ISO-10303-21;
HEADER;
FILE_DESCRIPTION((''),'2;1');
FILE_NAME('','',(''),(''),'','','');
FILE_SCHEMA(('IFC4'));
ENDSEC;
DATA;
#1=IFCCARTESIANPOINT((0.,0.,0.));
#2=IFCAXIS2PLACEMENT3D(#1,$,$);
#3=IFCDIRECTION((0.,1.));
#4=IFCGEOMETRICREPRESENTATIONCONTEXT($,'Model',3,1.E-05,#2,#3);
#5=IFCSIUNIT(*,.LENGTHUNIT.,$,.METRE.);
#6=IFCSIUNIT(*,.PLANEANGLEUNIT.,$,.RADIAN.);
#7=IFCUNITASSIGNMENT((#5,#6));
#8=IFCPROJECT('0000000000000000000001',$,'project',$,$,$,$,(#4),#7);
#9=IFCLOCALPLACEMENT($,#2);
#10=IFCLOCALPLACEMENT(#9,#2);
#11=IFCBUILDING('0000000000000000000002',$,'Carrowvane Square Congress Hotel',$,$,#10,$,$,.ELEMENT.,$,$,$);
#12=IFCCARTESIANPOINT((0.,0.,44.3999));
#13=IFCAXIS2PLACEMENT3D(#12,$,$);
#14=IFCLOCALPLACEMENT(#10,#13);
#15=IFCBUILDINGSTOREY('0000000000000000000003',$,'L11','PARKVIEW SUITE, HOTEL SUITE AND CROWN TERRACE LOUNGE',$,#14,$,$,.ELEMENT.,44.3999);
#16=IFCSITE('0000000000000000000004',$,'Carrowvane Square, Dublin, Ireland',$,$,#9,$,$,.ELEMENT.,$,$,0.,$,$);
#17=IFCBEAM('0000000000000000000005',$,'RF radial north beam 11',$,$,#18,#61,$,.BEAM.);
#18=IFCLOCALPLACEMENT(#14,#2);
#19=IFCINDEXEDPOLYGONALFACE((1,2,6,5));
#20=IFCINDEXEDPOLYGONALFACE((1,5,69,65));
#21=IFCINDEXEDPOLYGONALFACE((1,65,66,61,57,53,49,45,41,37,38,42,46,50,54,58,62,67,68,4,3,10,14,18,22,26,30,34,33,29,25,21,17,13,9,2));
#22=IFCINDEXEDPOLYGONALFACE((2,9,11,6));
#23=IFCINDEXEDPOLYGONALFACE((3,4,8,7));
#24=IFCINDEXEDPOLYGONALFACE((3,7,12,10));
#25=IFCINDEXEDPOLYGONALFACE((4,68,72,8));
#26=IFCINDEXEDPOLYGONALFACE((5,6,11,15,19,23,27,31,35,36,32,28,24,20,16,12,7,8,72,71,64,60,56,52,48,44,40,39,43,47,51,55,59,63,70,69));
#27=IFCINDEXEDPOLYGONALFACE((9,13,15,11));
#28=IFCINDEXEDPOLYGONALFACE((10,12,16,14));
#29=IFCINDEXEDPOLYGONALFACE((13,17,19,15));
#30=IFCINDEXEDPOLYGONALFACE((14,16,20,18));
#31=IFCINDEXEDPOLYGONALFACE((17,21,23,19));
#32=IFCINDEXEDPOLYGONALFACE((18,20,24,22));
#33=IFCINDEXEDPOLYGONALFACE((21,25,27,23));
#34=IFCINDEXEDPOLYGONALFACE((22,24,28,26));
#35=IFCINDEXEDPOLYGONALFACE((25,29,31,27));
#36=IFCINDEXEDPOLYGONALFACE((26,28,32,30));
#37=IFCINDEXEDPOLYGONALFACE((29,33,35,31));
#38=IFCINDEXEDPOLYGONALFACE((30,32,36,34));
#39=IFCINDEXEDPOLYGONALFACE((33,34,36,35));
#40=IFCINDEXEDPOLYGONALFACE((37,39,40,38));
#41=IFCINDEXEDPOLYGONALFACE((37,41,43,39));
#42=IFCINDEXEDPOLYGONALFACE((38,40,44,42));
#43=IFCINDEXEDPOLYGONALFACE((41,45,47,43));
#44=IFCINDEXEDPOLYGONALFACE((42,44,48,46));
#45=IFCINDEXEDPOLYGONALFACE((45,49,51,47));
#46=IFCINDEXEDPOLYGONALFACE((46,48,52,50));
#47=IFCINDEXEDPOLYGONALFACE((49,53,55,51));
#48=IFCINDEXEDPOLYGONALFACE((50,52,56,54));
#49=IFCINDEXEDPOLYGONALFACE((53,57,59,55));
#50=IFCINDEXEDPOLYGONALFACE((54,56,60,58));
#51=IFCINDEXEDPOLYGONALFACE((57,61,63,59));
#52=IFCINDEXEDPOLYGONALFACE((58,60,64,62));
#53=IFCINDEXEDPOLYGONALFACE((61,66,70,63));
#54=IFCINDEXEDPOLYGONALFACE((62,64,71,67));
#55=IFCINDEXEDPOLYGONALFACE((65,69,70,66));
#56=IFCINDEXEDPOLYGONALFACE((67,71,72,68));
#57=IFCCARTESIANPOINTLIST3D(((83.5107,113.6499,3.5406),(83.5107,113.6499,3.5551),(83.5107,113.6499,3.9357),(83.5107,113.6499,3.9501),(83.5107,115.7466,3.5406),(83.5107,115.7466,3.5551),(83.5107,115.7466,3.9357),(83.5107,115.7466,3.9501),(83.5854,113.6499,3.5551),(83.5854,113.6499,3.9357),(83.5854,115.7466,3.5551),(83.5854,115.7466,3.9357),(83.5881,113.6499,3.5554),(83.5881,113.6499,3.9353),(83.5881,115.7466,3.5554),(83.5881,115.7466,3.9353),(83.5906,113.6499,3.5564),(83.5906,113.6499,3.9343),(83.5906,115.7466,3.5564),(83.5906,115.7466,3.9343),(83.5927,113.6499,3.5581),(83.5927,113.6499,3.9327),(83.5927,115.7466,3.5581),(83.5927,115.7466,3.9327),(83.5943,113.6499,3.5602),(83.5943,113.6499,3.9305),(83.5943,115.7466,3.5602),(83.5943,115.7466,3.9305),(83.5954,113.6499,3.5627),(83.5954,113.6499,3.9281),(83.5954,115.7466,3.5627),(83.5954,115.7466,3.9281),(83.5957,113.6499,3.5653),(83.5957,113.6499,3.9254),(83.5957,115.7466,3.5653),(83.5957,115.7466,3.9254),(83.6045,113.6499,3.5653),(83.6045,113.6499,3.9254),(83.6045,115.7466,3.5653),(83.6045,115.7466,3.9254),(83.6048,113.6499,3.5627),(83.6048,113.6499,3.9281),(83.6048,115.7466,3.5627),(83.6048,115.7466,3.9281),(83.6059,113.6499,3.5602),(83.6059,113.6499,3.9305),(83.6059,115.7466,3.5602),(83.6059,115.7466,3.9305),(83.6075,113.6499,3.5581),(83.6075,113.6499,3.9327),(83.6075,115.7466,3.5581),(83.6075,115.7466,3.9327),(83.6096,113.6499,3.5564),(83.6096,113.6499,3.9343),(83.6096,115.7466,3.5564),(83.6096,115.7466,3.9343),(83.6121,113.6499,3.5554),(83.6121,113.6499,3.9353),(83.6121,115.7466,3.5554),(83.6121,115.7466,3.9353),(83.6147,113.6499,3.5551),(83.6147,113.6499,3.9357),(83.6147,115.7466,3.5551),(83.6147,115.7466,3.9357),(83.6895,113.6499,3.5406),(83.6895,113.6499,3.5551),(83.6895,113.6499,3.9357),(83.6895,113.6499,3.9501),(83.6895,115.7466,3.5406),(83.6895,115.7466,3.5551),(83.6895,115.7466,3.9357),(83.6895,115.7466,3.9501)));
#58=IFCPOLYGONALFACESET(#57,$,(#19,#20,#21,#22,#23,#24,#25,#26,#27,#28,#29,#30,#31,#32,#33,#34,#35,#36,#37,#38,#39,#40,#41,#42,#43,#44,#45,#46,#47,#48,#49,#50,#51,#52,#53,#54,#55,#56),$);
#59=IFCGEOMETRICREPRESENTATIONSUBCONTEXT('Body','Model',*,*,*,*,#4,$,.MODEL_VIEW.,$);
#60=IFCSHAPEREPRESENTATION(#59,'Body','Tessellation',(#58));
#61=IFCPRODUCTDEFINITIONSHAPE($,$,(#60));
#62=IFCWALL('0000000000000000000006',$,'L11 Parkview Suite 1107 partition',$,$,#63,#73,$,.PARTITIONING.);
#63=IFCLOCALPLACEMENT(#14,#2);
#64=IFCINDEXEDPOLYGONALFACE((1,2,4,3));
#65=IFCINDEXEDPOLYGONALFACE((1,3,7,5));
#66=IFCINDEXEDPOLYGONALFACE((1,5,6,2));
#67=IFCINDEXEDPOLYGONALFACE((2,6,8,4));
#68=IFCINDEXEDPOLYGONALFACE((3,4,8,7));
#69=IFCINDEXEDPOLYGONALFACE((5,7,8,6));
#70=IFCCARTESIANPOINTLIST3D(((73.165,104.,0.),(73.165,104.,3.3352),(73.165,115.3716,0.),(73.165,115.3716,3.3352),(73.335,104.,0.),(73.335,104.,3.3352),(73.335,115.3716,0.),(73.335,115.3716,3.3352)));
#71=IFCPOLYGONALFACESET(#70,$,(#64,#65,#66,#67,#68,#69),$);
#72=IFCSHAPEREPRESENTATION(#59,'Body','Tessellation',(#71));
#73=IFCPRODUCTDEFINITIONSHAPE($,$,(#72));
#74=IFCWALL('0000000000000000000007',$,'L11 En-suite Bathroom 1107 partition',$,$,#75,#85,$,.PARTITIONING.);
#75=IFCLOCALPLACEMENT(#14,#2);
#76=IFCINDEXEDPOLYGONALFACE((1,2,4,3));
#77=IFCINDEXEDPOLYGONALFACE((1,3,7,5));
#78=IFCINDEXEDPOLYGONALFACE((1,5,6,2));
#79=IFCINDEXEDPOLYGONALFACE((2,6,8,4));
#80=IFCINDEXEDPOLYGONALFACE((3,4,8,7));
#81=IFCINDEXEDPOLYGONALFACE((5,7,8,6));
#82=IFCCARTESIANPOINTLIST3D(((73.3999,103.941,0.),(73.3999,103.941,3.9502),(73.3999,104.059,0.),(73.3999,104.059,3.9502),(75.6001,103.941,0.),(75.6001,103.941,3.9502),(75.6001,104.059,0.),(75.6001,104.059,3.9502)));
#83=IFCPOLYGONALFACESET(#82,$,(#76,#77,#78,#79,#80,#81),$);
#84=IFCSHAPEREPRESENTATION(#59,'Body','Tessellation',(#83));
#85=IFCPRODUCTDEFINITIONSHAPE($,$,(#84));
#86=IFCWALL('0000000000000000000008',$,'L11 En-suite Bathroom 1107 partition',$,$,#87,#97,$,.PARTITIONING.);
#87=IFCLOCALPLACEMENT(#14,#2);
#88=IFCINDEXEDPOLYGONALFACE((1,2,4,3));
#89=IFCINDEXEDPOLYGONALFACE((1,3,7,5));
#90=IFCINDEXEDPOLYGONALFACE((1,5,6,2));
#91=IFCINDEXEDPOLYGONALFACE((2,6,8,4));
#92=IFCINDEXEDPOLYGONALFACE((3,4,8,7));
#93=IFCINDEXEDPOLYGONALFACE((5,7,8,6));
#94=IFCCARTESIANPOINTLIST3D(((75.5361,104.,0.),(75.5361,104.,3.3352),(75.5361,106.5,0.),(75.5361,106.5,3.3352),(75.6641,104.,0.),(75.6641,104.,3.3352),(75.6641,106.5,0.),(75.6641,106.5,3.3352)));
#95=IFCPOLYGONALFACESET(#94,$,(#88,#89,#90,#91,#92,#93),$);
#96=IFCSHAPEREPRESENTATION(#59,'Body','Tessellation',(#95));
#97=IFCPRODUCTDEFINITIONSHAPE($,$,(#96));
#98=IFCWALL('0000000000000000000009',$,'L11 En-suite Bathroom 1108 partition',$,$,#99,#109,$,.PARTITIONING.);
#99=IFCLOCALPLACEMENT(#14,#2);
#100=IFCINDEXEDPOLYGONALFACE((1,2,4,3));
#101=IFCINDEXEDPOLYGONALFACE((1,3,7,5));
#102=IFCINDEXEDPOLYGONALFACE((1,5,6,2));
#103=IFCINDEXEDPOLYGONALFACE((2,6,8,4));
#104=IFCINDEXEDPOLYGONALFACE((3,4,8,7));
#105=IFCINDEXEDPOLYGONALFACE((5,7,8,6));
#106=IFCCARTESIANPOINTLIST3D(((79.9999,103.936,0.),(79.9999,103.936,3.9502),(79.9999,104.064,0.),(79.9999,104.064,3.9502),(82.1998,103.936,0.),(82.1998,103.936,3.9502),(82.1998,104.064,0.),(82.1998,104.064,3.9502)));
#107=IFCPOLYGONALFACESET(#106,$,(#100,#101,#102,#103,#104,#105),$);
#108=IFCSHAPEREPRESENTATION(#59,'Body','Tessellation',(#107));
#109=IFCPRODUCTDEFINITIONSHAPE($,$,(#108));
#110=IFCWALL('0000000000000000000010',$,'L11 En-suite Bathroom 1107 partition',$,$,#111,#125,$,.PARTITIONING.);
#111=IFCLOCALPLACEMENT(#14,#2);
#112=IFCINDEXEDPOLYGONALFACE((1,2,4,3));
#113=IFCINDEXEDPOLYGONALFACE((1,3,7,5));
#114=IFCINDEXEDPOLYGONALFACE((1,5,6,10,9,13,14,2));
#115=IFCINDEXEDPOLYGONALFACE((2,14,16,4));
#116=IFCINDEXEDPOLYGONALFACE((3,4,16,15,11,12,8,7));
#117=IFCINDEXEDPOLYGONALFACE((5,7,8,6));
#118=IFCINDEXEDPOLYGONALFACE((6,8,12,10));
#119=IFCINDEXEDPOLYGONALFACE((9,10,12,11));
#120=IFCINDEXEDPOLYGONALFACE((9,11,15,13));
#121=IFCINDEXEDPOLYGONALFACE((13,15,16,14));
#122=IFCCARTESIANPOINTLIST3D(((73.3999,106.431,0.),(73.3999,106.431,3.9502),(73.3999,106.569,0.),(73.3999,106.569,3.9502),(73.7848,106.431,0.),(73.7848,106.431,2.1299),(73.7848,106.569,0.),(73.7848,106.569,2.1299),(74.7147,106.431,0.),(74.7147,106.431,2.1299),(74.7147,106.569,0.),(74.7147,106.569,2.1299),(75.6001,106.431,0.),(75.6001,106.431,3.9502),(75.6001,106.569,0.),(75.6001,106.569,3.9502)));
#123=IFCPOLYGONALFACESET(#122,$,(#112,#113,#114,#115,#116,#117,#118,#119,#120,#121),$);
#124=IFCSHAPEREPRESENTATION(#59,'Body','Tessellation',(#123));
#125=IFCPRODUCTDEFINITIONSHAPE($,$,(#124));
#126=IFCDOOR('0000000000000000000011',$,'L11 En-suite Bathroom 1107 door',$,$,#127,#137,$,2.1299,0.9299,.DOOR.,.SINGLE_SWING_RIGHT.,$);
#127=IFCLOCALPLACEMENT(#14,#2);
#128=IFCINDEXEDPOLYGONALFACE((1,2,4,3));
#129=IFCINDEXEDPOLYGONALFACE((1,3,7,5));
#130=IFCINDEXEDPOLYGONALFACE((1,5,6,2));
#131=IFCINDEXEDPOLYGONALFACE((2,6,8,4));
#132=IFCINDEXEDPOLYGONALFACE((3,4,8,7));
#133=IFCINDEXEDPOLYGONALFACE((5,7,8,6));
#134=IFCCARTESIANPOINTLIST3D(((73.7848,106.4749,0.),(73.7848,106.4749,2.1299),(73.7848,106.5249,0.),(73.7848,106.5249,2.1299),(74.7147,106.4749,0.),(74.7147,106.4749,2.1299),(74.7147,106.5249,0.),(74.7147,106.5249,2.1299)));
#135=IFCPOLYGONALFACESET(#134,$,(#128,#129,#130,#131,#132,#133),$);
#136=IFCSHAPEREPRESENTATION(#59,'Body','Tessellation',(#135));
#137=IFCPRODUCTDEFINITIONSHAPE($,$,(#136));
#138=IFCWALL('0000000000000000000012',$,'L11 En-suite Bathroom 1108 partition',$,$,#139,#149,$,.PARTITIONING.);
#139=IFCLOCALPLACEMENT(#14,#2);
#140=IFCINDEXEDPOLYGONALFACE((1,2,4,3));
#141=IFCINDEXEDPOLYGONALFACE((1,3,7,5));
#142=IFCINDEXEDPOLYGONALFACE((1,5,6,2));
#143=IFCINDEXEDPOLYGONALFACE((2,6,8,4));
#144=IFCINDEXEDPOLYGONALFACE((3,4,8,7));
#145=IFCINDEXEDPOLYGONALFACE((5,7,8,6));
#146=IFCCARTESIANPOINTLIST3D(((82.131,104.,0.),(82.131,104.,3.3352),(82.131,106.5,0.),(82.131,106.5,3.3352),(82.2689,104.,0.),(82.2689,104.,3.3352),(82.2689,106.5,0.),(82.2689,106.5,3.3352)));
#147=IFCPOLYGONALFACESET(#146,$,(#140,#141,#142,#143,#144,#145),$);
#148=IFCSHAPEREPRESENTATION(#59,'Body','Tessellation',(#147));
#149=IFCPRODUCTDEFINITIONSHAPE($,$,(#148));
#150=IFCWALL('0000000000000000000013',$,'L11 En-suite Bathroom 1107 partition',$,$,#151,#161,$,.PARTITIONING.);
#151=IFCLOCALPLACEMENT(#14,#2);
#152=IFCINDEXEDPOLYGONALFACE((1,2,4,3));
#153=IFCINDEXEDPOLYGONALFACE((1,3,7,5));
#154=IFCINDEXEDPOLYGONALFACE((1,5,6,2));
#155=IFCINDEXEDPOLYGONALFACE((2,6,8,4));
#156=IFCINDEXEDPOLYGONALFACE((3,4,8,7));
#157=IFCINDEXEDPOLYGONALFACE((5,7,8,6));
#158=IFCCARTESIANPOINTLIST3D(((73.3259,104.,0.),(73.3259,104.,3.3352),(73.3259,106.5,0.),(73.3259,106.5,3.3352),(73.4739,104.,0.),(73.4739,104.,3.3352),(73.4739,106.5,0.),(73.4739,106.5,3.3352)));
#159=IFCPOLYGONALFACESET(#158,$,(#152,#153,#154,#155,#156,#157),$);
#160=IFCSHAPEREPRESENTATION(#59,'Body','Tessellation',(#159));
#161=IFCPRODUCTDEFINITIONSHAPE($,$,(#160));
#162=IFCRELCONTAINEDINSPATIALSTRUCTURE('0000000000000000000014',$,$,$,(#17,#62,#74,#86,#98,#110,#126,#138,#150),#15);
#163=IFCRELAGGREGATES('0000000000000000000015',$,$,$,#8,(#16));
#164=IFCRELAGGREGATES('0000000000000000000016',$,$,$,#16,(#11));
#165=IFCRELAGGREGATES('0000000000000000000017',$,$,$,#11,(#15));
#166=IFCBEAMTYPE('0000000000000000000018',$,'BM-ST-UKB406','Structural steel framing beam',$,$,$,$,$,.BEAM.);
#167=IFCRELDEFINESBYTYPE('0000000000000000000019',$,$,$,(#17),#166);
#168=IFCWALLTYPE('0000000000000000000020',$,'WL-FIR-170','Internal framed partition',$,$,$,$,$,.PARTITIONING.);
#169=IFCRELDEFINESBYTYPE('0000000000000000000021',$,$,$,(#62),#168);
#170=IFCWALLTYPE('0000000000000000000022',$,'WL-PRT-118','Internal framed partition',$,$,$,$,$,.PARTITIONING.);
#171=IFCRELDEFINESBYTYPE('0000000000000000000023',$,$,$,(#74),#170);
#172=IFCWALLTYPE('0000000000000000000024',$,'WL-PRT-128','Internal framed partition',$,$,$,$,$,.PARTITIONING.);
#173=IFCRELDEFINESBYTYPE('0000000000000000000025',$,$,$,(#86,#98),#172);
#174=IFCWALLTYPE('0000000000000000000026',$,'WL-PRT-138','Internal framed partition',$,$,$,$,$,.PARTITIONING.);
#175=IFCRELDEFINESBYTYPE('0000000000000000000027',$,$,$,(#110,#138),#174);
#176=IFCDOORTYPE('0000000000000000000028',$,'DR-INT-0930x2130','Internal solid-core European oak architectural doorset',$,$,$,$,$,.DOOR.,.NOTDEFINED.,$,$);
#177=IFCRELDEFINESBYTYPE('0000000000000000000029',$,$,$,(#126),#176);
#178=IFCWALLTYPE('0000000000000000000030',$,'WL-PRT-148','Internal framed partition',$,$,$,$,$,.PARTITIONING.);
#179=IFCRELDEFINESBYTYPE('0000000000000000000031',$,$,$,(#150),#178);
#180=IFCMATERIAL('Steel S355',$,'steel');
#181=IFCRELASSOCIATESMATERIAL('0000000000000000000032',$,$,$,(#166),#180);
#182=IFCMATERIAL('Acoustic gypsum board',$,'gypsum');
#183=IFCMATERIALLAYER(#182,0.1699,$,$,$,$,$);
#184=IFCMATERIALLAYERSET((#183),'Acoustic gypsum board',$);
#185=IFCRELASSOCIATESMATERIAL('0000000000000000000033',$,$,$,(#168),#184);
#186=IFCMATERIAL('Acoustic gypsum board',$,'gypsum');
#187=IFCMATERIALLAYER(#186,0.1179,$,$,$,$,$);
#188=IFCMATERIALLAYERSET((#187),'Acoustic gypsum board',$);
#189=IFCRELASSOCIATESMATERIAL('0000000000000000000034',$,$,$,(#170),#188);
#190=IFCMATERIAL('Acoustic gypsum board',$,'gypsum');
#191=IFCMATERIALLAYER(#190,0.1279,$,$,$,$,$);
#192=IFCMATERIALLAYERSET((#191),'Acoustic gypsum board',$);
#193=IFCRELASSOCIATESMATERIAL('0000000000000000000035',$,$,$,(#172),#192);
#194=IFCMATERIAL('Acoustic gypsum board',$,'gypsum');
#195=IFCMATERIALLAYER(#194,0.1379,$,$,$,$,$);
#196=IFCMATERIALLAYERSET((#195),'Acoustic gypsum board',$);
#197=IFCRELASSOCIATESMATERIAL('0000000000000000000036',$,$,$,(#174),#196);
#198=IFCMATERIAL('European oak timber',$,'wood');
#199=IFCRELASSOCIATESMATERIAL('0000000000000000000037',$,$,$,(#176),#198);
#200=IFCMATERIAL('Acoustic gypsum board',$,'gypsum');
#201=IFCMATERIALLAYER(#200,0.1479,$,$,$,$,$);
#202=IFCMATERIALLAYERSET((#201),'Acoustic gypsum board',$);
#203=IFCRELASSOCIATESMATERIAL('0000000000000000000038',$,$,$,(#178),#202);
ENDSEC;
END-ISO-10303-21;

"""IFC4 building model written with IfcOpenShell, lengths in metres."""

from ifc_helpers import new_model, si_unit, direction, frame, frame_2d, origin, origin_2d, place, context, subcontext, project, spatial, rectangle, i_section, extrude, material, layer, layer_set, material_profile, profile_set, type_object, element, fill, save


model = new_model("IFC4")

# Units and contexts
model_context = context("Model", 3, precision=1e-05, world=origin(), true_north=direction((0.0, 1.0)))
body_context = subcontext(model_context, "Body", "Model", "MODEL_VIEW")
ifc_project = project(units=[si_unit("LENGTHUNIT", "METRE"), si_unit("PLANEANGLEUNIT", "RADIAN")], contexts=[model_context])

# Site, building, storey
site_placement = place(None, origin())
site = spatial("IfcSite", under=ifc_project, at=site_placement, Name="Carrowvane Square, Dublin, Ireland", CompositionType="ELEMENT", RefElevation=0.0)
building_placement = place(site_placement, origin())
building = spatial("IfcBuilding", under=site, at=building_placement, Name="Carrowvane Square Congress Hotel", CompositionType="ELEMENT")
storey_placement = place(building_placement, frame((0.0, 0.0, 44.3999)))
storey = spatial("IfcBuildingStorey", under=building, at=storey_placement, Name="L11", Description="PARKVIEW SUITE, HOTEL SUITE AND CROWN TERRACE LOUNGE", CompositionType="ELEMENT", Elevation=44.3999)

# Beam
ifc_material_1 = material(Name="Steel S355", Category="steel")
ifc_material_profile_1 = material_profile(ifc_material_1, i_section(OverallWidth=0.1787, OverallDepth=0.4094, WebThickness=0.0088, FlangeThickness=0.0144, FilletRadius=0.0103, at=origin_2d()), Name="UKB 406x178x67")
ifc_profile_set_1 = profile_set([ifc_material_profile_1], Name="Steel S355")
beam_type_1 = type_object("IfcBeamType", Name="BM-ST-UKB406", Description="Structural steel framing beam", PredefinedType="BEAM", material=ifc_profile_set_1)
beam_1_placement = place(storey_placement, frame((83.6001, 113.6499, 3.7454), z_axis=(0.0, 1.0, 0.0), x_axis=(-1.0, 0.0, 0.0)))
element("IfcBeam", 1, at=beam_1_placement, inside=storey, type_object=beam_type_1, Name="RF radial north beam 11", PredefinedType="BEAM", context=body_context, shape_type="SweptSolid", body=[
    extrude(i_section(OverallWidth=0.1787, OverallDepth=0.4094, WebThickness=0.0088, FlangeThickness=0.0144, FilletRadius=0.0103, at=origin_2d()), origin(), (0.0, 0.0, 1.0), 2.0967),
])

# Wall
ifc_material_2 = material(Name="Acoustic gypsum board", Category="gypsum")
ifc_layer_1 = layer(ifc_material_2, 0.1699)
ifc_layer_set_1 = layer_set([ifc_layer_1], Name="Acoustic gypsum board")
wall_type_1 = type_object("IfcWallType", Name="WL-FIR-170", Description="Internal framed partition", PredefinedType="PARTITIONING", material=ifc_layer_set_1)
wall_1_placement = place(storey_placement, frame((73.25, 104.0, 0.0), z_axis=(0.0, 0.0, 1.0), x_axis=(0.0, 1.0, 0.0)))
element("IfcWall", 2, at=wall_1_placement, inside=storey, type_object=wall_type_1, Name="L11 Parkview Suite 1107 partition", PredefinedType="PARTITIONING", context=body_context, shape_type="SweptSolid", body=[
    extrude(rectangle(XDim=11.3716, YDim=0.1699, at=frame_2d((5.6858, 0.0))), origin(), (0.0, 0.0, 1.0), 3.3352),
])

# Walls
ifc_material_3 = material(Name="Acoustic gypsum board", Category="gypsum")
ifc_layer_2 = layer(ifc_material_3, 0.1179)
ifc_layer_set_2 = layer_set([ifc_layer_2], Name="Acoustic gypsum board")
wall_type_2 = type_object("IfcWallType", Name="WL-PRT-118", Description="Internal framed partition", PredefinedType="PARTITIONING", material=ifc_layer_set_2)
wall_2_placement = place(storey_placement, frame((75.6001, 104.0, 0.0), z_axis=(0.0, 0.0, 1.0), x_axis=(-1.0, 0.0, 0.0)))
element("IfcWall", 3, at=wall_2_placement, inside=storey, type_object=wall_type_2, Name="L11 En-suite Bathroom 1107 partition", PredefinedType="PARTITIONING", context=body_context, shape_type="SweptSolid", body=[
    extrude(rectangle(XDim=2.2002, YDim=0.1179, at=frame_2d((1.1001, 0.0))), origin(), (0.0, 0.0, 1.0), 3.9502),
])
ifc_material_4 = material(Name="Acoustic gypsum board", Category="gypsum")
ifc_layer_3 = layer(ifc_material_4, 0.1279)
ifc_layer_set_3 = layer_set([ifc_layer_3], Name="Acoustic gypsum board")
wall_type_3 = type_object("IfcWallType", Name="WL-PRT-128", Description="Internal framed partition", PredefinedType="PARTITIONING", material=ifc_layer_set_3)
wall_3_placement = place(storey_placement, frame((75.6001, 106.5, 0.0), z_axis=(0.0, 0.0, 1.0), x_axis=(0.0, -1.0, 0.0)))
element("IfcWall", 4, at=wall_3_placement, inside=storey, type_object=wall_type_3, Name="L11 En-suite Bathroom 1107 partition", PredefinedType="PARTITIONING", context=body_context, shape_type="SweptSolid", body=[
    extrude(rectangle(XDim=2.5, YDim=0.1279, at=frame_2d((1.25, 0.0))), origin(), (0.0, 0.0, 1.0), 3.3352),
])
wall_4_placement = place(storey_placement, frame((82.2, 104.0, 0.0), z_axis=(0.0, 0.0, 1.0), x_axis=(-1.0, 0.0, 0.0)))
element("IfcWall", 5, at=wall_4_placement, inside=storey, type_object=wall_type_3, Name="L11 En-suite Bathroom 1108 partition", PredefinedType="PARTITIONING", context=body_context, shape_type="SweptSolid", body=[
    extrude(rectangle(XDim=2.2, YDim=0.1279, at=frame_2d((1.1001, 0.0))), origin(), (0.0, 0.0, 1.0), 3.9502),
])

# Wall, opening, door
ifc_material_5 = material(Name="Acoustic gypsum board", Category="gypsum")
ifc_layer_4 = layer(ifc_material_5, 0.1379)
ifc_layer_set_4 = layer_set([ifc_layer_4], Name="Acoustic gypsum board")
wall_type_4 = type_object("IfcWallType", Name="WL-PRT-138", Description="Internal framed partition", PredefinedType="PARTITIONING", material=ifc_layer_set_4)
wall_5_placement = place(storey_placement, frame((73.3999, 106.5, 0.0), z_axis=(0.0, 0.0, 1.0), x_axis=(1.0, 0.0, 0.0)))
wall_5 = element("IfcWall", 6, at=wall_5_placement, inside=storey, type_object=wall_type_4, Name="L11 En-suite Bathroom 1107 partition", PredefinedType="PARTITIONING", context=body_context, shape_type="SweptSolid", body=[
    extrude(rectangle(XDim=2.2002, YDim=0.1379, at=frame_2d((1.1001, 0.0))), origin(), (0.0, 0.0, 1.0), 3.9502),
])
opening_1_placement = place(wall_5_placement, frame((0.385, 0.0, 0.0)))
opening_1 = element("IfcOpeningElement", 7, at=opening_1_placement, cuts=wall_5, PredefinedType="OPENING", context=body_context, shape_type="SweptSolid", body=[
    extrude(rectangle(XDim=0.9299, YDim=2.1299, at=frame_2d((0.4648, 1.0649))), frame((0.0, 0.0789, 0.0), z_axis=(0.0, -1.0, 0.0), x_axis=(1.0, 0.0, 0.0)), (0.0, 0.0, 1.0), 0.158),
])
ifc_material_6 = material(Name="European oak timber", Category="wood")
door_type_1 = type_object("IfcDoorType", Name="DR-INT-0930x2130", Description="Internal solid-core European oak architectural doorset", OperationType="NOTDEFINED", PredefinedType="DOOR", material=ifc_material_6)
door_1_placement = place(opening_1_placement, origin())
door_1 = element("IfcDoor", 8, at=door_1_placement, inside=storey, type_object=door_type_1, Name="L11 En-suite Bathroom 1107 door", OperationType="SINGLE_SWING_RIGHT", OverallHeight=2.1299, OverallWidth=0.9299, PredefinedType="DOOR", context=body_context, shape_type="SweptSolid", body=[
    extrude(rectangle(XDim=0.9299, YDim=2.1299, at=frame_2d((0.4648, 1.0649))), frame((0.0, 0.0249, 0.0), z_axis=(0.0, -1.0, 0.0), x_axis=(1.0, 0.0, 0.0)), (0.0, 0.0, 1.0), 0.05),
])
fill(opening_1, door_1)

# Walls
wall_6_placement = place(storey_placement, frame((82.2, 106.5, 0.0), z_axis=(0.0, 0.0, 1.0), x_axis=(0.0, -1.0, 0.0)))
element("IfcWall", 9, at=wall_6_placement, inside=storey, type_object=wall_type_4, Name="L11 En-suite Bathroom 1108 partition", PredefinedType="PARTITIONING", context=body_context, shape_type="SweptSolid", body=[
    extrude(rectangle(XDim=2.5, YDim=0.1379, at=frame_2d((1.25, 0.0))), origin(), (0.0, 0.0, 1.0), 3.3352),
])
ifc_material_7 = material(Name="Acoustic gypsum board", Category="gypsum")
ifc_layer_5 = layer(ifc_material_7, 0.1479)
ifc_layer_set_5 = layer_set([ifc_layer_5], Name="Acoustic gypsum board")
wall_type_5 = type_object("IfcWallType", Name="WL-PRT-148", Description="Internal framed partition", PredefinedType="PARTITIONING", material=ifc_layer_set_5)
wall_7_placement = place(storey_placement, frame((73.3999, 104.0, 0.0), z_axis=(0.0, 0.0, 1.0), x_axis=(0.0, 1.0, 0.0)))
element("IfcWall", 10, at=wall_7_placement, inside=storey, type_object=wall_type_5, Name="L11 En-suite Bathroom 1107 partition", PredefinedType="PARTITIONING", context=body_context, shape_type="SweptSolid", body=[
    extrude(rectangle(XDim=2.5, YDim=0.1479, at=frame_2d((1.25, 0.0))), origin(), (0.0, 0.0, 1.0), 3.3352),
])

save(model, "model.ifc")
